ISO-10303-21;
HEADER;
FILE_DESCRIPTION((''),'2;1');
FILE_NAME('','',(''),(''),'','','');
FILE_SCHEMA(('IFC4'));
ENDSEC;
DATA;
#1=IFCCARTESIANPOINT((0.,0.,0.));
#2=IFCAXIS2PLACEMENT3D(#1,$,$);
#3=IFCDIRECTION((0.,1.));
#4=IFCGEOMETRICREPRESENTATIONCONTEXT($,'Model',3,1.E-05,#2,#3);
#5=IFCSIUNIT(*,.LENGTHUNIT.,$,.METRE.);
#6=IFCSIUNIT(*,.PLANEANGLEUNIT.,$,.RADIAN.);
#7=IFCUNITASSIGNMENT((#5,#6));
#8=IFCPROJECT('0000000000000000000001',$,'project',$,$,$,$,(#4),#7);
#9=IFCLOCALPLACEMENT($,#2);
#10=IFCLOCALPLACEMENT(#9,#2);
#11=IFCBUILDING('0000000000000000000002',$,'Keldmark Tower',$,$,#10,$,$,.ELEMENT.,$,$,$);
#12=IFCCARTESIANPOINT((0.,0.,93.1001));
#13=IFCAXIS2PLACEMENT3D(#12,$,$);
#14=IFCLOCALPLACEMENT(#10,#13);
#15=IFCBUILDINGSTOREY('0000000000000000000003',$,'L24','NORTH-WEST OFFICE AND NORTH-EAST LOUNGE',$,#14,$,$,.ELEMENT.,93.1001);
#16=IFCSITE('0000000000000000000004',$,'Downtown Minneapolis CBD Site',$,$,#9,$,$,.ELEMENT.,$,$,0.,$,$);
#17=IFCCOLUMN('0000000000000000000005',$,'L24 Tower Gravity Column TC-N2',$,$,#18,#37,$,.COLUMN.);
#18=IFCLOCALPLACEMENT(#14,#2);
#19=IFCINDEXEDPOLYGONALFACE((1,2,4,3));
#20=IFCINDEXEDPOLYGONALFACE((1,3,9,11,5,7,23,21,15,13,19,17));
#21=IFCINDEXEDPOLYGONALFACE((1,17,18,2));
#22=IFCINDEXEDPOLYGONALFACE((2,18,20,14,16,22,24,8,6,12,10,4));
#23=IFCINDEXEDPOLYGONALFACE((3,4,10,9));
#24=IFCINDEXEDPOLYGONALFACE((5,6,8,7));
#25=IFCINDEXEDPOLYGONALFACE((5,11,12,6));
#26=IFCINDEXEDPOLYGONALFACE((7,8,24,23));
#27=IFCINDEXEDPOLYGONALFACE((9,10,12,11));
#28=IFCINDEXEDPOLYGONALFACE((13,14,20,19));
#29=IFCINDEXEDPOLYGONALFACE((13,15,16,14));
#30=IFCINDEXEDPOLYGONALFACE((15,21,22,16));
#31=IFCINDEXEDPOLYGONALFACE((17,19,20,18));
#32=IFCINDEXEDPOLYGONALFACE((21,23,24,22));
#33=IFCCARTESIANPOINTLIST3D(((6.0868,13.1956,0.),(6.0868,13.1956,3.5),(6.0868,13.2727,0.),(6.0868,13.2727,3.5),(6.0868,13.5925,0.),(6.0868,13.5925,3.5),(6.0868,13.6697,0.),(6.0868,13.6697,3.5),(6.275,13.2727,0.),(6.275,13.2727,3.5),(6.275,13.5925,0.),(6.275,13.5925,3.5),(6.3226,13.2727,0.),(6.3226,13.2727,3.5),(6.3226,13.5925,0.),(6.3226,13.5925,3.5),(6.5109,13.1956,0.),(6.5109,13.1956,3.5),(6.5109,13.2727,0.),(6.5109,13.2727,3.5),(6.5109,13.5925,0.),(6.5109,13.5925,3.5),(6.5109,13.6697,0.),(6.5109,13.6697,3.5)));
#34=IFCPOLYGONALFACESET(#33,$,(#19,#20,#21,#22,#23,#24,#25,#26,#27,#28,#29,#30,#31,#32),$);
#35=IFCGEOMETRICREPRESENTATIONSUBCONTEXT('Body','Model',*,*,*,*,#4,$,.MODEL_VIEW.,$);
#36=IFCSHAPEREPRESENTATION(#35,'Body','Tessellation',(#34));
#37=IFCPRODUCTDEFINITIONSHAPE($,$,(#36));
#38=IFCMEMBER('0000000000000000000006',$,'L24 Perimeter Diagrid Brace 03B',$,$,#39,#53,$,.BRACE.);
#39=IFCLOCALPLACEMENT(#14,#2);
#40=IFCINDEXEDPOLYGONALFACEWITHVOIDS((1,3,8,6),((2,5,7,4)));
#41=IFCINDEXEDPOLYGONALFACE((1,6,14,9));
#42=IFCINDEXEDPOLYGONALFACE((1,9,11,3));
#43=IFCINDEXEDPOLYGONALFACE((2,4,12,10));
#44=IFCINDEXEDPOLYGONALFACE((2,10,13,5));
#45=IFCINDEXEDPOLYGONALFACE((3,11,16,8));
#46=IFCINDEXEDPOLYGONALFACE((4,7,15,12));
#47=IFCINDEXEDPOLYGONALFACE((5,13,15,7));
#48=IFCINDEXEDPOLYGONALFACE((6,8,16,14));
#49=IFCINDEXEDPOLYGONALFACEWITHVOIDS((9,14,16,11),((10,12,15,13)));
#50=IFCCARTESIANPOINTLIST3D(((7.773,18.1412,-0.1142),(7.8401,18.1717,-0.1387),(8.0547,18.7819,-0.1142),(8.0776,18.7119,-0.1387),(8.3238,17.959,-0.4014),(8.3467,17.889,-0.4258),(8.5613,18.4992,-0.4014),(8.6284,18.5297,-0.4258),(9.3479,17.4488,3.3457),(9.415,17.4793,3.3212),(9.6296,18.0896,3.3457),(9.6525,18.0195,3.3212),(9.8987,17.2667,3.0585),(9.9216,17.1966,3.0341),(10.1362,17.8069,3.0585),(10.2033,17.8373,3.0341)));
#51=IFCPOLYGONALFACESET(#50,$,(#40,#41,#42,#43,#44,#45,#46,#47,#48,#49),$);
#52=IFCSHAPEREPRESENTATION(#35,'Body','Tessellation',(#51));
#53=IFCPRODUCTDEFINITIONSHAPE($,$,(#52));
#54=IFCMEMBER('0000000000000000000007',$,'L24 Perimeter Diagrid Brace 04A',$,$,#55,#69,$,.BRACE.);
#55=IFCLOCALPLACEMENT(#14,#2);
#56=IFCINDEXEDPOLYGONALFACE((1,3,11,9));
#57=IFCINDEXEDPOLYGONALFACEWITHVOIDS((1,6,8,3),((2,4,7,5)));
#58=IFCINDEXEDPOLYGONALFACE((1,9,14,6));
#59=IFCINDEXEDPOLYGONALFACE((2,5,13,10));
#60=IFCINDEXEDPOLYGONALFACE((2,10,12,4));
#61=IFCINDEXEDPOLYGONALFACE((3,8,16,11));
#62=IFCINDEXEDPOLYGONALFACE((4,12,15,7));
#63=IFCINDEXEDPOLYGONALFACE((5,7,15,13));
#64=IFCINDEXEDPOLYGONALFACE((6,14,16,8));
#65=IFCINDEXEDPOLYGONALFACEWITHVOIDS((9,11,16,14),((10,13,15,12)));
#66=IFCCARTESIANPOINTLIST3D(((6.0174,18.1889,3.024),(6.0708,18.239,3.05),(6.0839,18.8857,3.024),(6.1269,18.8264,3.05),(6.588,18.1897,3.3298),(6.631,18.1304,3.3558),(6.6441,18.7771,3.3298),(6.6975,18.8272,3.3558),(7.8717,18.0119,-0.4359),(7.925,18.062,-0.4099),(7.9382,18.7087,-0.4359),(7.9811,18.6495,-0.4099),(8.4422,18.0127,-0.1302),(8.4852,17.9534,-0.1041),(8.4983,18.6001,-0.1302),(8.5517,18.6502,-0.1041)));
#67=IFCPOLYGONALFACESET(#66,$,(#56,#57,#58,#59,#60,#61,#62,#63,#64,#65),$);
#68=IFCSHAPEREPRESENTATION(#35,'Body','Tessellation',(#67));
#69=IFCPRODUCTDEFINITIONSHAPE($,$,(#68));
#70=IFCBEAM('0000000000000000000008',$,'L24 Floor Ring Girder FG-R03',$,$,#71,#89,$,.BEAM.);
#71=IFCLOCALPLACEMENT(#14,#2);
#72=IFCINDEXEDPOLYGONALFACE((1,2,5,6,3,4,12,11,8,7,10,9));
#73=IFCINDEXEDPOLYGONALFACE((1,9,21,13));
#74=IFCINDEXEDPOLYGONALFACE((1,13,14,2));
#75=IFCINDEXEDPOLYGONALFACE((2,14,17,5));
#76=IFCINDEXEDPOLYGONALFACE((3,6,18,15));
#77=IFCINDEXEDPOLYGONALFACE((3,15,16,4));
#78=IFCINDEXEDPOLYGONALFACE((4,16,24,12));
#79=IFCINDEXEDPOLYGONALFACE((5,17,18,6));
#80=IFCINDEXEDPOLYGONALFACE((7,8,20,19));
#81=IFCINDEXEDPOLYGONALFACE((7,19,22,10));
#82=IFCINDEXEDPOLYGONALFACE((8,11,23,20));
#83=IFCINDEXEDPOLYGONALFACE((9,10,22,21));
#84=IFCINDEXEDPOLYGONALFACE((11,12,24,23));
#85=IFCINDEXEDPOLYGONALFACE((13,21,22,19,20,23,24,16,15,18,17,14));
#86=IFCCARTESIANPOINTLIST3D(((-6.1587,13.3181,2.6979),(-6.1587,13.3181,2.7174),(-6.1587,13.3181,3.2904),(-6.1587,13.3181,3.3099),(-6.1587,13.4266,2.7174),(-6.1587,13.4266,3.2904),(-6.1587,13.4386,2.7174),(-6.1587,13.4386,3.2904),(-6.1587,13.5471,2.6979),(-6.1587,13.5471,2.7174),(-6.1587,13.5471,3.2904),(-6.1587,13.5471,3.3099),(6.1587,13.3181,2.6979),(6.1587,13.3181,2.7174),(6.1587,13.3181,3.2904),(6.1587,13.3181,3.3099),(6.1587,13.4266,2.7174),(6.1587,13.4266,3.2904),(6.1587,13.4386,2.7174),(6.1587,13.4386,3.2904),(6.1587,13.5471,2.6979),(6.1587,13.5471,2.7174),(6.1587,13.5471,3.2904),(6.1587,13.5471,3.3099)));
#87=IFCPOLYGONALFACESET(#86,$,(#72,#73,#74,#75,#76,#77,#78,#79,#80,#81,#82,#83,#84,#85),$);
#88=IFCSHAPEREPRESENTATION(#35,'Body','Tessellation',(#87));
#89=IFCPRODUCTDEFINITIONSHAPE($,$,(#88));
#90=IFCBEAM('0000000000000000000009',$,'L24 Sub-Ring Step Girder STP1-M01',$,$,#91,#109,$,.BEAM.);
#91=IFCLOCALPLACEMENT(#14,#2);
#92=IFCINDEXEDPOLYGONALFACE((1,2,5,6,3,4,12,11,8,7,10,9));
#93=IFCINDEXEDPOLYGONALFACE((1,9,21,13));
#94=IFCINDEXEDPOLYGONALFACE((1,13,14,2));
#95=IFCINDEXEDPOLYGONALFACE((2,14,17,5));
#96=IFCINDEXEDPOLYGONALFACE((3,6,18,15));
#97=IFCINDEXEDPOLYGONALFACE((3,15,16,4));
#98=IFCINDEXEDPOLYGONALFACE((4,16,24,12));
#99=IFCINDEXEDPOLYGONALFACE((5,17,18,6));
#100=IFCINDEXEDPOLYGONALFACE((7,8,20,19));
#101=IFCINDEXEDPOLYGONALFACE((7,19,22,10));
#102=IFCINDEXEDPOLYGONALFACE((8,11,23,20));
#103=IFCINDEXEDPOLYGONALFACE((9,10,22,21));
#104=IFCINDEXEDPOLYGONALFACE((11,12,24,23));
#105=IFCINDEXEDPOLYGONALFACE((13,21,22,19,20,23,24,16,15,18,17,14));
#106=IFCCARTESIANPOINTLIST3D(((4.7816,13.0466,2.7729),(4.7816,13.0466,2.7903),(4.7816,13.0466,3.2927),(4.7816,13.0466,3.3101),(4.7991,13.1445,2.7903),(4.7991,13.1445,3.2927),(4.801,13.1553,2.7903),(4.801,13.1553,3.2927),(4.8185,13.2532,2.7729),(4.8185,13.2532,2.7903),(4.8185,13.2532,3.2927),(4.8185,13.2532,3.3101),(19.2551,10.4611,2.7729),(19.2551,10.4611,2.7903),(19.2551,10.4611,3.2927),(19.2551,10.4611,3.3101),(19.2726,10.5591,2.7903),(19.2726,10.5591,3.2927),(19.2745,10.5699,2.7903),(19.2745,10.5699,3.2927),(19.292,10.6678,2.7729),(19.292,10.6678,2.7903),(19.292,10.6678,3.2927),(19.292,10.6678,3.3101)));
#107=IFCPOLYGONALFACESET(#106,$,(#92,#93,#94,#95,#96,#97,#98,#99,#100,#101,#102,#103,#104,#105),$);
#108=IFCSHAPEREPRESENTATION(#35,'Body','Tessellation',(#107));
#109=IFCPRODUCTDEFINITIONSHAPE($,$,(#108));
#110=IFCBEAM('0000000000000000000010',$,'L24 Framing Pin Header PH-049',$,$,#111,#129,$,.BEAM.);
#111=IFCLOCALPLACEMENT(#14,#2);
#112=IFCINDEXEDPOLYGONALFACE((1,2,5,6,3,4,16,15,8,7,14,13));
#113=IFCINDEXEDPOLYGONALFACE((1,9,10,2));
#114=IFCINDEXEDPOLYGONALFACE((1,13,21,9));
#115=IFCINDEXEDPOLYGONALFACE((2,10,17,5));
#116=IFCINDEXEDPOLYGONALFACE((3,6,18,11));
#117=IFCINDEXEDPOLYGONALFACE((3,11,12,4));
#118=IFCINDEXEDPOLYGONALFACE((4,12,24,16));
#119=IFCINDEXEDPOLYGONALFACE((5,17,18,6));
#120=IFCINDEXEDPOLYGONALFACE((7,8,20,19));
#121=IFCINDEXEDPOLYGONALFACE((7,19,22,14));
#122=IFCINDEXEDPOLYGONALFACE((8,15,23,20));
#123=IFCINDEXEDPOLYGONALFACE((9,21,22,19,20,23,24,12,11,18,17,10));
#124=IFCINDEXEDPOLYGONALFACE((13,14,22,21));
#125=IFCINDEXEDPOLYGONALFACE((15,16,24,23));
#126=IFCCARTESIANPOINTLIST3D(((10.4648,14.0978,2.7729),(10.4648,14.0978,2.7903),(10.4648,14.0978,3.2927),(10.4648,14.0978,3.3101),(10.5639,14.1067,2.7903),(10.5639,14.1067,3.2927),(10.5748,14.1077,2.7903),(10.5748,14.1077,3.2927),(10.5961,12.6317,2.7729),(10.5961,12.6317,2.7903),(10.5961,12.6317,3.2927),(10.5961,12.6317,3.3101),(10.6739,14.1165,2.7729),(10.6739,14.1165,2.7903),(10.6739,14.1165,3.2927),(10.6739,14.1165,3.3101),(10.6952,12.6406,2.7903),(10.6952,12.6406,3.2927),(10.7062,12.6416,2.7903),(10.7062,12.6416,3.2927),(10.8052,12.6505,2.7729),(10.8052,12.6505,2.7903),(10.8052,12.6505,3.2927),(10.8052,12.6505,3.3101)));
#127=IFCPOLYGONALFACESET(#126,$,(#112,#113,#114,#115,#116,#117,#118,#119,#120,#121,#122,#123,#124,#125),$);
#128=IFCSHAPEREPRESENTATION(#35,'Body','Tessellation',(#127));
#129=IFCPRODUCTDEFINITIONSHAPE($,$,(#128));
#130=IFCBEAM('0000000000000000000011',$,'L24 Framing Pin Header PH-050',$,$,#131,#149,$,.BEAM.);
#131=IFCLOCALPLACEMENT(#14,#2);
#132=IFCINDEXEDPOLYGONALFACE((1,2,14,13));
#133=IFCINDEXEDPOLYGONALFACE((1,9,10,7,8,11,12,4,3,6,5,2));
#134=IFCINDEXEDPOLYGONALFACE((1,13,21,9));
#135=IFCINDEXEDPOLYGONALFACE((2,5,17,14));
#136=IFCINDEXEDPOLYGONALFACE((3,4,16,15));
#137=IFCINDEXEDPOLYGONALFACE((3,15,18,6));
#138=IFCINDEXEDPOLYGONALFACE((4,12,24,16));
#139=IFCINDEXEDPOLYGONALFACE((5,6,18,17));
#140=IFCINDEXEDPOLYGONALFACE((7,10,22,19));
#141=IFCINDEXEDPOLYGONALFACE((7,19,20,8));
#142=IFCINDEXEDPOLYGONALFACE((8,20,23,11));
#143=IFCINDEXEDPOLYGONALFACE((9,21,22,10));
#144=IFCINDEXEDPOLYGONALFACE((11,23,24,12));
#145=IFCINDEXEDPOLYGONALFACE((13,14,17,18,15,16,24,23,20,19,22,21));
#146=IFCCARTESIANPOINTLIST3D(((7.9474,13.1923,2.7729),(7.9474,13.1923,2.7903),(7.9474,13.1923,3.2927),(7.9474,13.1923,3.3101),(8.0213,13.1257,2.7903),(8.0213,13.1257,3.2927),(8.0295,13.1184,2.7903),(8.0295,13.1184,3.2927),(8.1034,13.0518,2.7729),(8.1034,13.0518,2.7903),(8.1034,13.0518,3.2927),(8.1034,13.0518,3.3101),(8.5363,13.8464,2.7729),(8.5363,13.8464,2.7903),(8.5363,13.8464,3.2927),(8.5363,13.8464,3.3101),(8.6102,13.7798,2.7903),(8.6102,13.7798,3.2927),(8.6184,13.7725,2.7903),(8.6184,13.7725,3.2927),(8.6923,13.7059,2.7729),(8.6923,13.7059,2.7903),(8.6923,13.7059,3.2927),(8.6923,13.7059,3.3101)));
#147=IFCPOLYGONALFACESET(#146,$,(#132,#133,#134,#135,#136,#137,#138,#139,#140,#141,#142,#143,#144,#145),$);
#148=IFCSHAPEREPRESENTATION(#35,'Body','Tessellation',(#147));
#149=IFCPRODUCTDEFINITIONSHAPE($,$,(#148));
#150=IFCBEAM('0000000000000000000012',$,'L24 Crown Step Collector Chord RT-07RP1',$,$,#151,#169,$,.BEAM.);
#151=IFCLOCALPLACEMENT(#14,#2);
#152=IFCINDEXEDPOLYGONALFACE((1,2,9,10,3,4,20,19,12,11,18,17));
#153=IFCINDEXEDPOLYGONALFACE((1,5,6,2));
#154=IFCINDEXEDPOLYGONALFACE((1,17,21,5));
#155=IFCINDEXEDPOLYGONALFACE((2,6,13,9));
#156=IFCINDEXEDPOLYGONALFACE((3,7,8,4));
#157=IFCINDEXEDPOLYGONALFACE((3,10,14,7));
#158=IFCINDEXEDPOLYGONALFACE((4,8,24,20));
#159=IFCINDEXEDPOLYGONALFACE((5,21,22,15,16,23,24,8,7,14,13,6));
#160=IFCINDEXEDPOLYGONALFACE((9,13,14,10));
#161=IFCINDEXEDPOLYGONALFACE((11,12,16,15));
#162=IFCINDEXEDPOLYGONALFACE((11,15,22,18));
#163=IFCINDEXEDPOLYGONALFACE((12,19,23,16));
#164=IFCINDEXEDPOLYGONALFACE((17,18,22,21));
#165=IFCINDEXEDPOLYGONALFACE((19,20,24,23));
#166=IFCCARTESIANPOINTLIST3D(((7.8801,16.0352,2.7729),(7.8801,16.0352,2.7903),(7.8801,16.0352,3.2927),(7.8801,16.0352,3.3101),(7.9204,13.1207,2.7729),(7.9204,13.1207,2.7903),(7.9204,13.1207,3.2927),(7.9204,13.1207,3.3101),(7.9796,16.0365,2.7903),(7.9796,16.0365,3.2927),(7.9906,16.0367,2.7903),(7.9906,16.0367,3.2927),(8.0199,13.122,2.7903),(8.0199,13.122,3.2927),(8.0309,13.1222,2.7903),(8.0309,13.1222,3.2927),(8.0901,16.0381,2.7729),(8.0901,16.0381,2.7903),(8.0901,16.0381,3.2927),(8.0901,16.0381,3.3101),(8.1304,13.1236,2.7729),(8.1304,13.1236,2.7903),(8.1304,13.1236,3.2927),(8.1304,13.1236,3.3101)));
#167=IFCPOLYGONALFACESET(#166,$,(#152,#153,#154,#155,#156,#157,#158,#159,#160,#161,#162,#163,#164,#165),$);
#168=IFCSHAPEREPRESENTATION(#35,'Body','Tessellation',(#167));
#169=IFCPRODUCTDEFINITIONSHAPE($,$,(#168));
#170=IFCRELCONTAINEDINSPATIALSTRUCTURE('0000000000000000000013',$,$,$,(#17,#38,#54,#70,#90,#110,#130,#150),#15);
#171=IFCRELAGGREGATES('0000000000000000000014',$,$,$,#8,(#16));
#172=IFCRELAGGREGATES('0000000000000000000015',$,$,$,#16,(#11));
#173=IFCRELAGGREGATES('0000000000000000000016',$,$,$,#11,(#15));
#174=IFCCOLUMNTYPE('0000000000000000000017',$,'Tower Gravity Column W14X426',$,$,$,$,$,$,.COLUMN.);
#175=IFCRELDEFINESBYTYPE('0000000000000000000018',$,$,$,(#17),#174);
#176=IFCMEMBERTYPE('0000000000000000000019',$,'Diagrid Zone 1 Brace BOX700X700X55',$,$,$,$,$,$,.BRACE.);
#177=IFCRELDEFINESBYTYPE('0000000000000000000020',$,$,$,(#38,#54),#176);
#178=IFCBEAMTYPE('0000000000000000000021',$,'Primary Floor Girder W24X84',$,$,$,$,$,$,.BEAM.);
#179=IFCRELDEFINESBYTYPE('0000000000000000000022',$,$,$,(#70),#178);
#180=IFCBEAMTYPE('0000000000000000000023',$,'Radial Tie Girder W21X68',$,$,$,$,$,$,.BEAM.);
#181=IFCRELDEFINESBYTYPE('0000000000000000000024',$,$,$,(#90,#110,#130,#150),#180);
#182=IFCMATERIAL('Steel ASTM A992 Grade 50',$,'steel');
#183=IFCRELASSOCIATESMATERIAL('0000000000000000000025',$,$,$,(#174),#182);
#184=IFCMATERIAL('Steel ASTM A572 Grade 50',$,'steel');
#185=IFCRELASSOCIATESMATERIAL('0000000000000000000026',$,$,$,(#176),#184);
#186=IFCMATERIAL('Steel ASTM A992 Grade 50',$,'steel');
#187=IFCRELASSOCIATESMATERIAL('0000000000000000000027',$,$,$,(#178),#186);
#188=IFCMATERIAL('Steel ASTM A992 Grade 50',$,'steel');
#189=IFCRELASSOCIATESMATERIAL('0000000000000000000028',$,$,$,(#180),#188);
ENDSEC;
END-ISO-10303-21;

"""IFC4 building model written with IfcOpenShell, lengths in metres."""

from ifc_helpers import new_model, si_unit, direction, frame, origin, origin_2d, place, context, subcontext, project, spatial, hollow_rectangle, i_section, extrude, material, material_profile, profile_set, type_object, element, save


model = new_model("IFC4")

# Units and contexts
model_context = context("Model", 3, precision=1e-05, world=origin(), true_north=direction((0.0, 1.0)))
body_context = subcontext(model_context, "Body", "Model", "MODEL_VIEW")
ifc_project = project(units=[si_unit("LENGTHUNIT", "METRE"), si_unit("PLANEANGLEUNIT", "RADIAN")], contexts=[model_context])

# Site, building, storey
site_placement = place(None, origin())
site = spatial("IfcSite", under=ifc_project, at=site_placement, Name="Downtown Minneapolis CBD Site", CompositionType="ELEMENT", RefElevation=0.0)
building_placement = place(site_placement, origin())
building = spatial("IfcBuilding", under=site, at=building_placement, Name="Keldmark Tower", CompositionType="ELEMENT")
storey_placement = place(building_placement, frame((0.0, 0.0, 93.1001)))
storey = spatial("IfcBuildingStorey", under=building, at=storey_placement, Name="L24", Description="NORTH-WEST OFFICE AND NORTH-EAST LOUNGE", CompositionType="ELEMENT", Elevation=93.1001)

# Column
ifc_material_1 = material(Name="Steel ASTM A992 Grade 50", Category="steel")
ifc_material_profile_1 = material_profile(ifc_material_1, i_section(OverallWidth=0.4241, OverallDepth=0.4741, WebThickness=0.0476, FlangeThickness=0.0771, at=origin_2d()), Name="W14X426")
ifc_profile_set_1 = profile_set([ifc_material_profile_1], Name="Steel ASTM A992 Grade 50")
column_type = type_object("IfcColumnType", Name="Tower Gravity Column W14X426", PredefinedType="COLUMN", material=ifc_profile_set_1)
column_placement = place(storey_placement, frame((6.2988, 13.4326, 0.0), z_axis=(0.0, 0.0, 1.0), x_axis=(1.0, 0.0, 0.0)))
element("IfcColumn", 1, at=column_placement, inside=storey, type_object=column_type, Name="L24 Tower Gravity Column TC-N2", PredefinedType="COLUMN", context=body_context, shape_type="SweptSolid", body=[
    extrude(i_section(OverallWidth=0.4241, OverallDepth=0.4741, WebThickness=0.0476, FlangeThickness=0.0771, at=origin_2d()), origin(), (0.0, 0.0, 1.0), 3.5),
])

# Members
ifc_material_2 = material(Name="Steel ASTM A572 Grade 50", Category="steel")
ifc_material_profile_2 = material_profile(ifc_material_2, hollow_rectangle(XDim=0.7, YDim=0.7, WallThickness=0.0549, at=origin_2d()), Name="BOX700X700X55")
ifc_profile_set_2 = profile_set([ifc_material_profile_2], Name="Steel ASTM A572 Grade 50")
member_type = type_object("IfcMemberType", Name="Diagrid Zone 1 Brace BOX700X700X55", PredefinedType="BRACE", material=ifc_profile_set_2)
member_1_placement = place(storey_placement, frame((8.2007, 18.3354, -0.27), z_axis=(0.407587, -0.179184, 0.895414), x_axis=(0.402449, 0.915443, 0.0)))
element("IfcMember", 2, at=member_1_placement, inside=storey, type_object=member_type, Name="L24 Perimeter Diagrid Brace 03B", PredefinedType="BRACE", context=body_context, shape_type="SweptSolid", body=[
    extrude(hollow_rectangle(XDim=0.7, YDim=0.7, WallThickness=0.0549, at=origin_2d()), origin(), (0.0, 0.0, 1.0), 3.864),
])
member_2_placement = place(storey_placement, frame((8.2117, 18.3311, -0.27), z_axis=(-0.47188, 0.045045, 0.880511), x_axis=(-0.095026, -0.995475, 0.0)))
element("IfcMember", 3, at=member_2_placement, inside=storey, type_object=member_type, Name="L24 Perimeter Diagrid Brace 04A", PredefinedType="BRACE", context=body_context, shape_type="SweptSolid", body=[
    extrude(hollow_rectangle(XDim=0.7, YDim=0.7, WallThickness=0.0549, at=origin_2d()), origin(), (0.0, 0.0, 1.0), 3.9294),
])

# Beams
ifc_material_3 = material(Name="Steel ASTM A992 Grade 50", Category="steel")
ifc_material_profile_3 = material_profile(ifc_material_3, i_section(OverallWidth=0.229, OverallDepth=0.6121, WebThickness=0.012, FlangeThickness=0.0195, at=origin_2d()), Name="W24X84")
ifc_profile_set_3 = profile_set([ifc_material_profile_3], Name="Steel ASTM A992 Grade 50")
beam_type_1 = type_object("IfcBeamType", Name="Primary Floor Girder W24X84", PredefinedType="BEAM", material=ifc_profile_set_3)
beam_1_placement = place(storey_placement, frame((6.1587, 13.4326, 3.0039), z_axis=(-1.0, 0.0, 0.0), x_axis=(0.0, -1.0, 0.0)))
element("IfcBeam", 4, at=beam_1_placement, inside=storey, type_object=beam_type_1, Name="L24 Floor Ring Girder FG-R03", PredefinedType="BEAM", context=body_context, shape_type="SweptSolid", body=[
    extrude(i_section(OverallWidth=0.229, OverallDepth=0.6121, WebThickness=0.012, FlangeThickness=0.0195, at=origin_2d()), origin(), (0.0, 0.0, 1.0), 12.3174),
])
ifc_material_4 = material(Name="Steel ASTM A992 Grade 50", Category="steel")
ifc_material_profile_4 = material_profile(ifc_material_4, i_section(OverallWidth=0.21, OverallDepth=0.5371, WebThickness=0.011, FlangeThickness=0.0173, at=origin_2d()), Name="W21X68")
ifc_profile_set_4 = profile_set([ifc_material_profile_4], Name="Steel ASTM A992 Grade 50")
beam_type_2 = type_object("IfcBeamType", Name="Radial Tie Girder W21X68", PredefinedType="BEAM", material=ifc_profile_set_4)
beam_2_placement = place(storey_placement, frame((4.8, 13.1499, 3.0415), z_axis=(0.984417, -0.175848, 0.0), x_axis=(0.175848, 0.984417, 0.0)))
element("IfcBeam", 5, at=beam_2_placement, inside=storey, type_object=beam_type_2, Name="L24 Sub-Ring Step Girder STP1-M01", PredefinedType="BEAM", context=body_context, shape_type="SweptSolid", body=[
    extrude(i_section(OverallWidth=0.21, OverallDepth=0.5371, WebThickness=0.011, FlangeThickness=0.0173, at=origin_2d()), origin(), (0.0, 0.0, 1.0), 14.7026),
])
beam_3_placement = place(storey_placement, frame((10.7007, 12.6411, 3.0415), z_axis=(-0.089235, 0.996011, 0.0), x_axis=(-0.996011, -0.089235, 0.0)))
element("IfcBeam", 6, at=beam_3_placement, inside=storey, type_object=beam_type_2, Name="L24 Framing Pin Header PH-049", PredefinedType="BEAM", context=body_context, shape_type="SweptSolid", body=[
    extrude(i_section(OverallWidth=0.21, OverallDepth=0.5371, WebThickness=0.011, FlangeThickness=0.0173, at=origin_2d()), origin(), (0.0, 0.0, 1.0), 1.4719),
])
beam_4_placement = place(storey_placement, frame((8.0254, 13.1221, 3.0415), z_axis=(0.669103, 0.74317, 0.0), x_axis=(-0.74317, 0.669103, 0.0)))
element("IfcBeam", 7, at=beam_4_placement, inside=storey, type_object=beam_type_2, Name="L24 Framing Pin Header PH-050", PredefinedType="BEAM", context=body_context, shape_type="SweptSolid", body=[
    extrude(i_section(OverallWidth=0.21, OverallDepth=0.5371, WebThickness=0.011, FlangeThickness=0.0173, at=origin_2d()), origin(), (0.0, 0.0, 1.0), 0.8801),
])
beam_5_placement = place(storey_placement, frame((7.9851, 16.0366, 3.0415), z_axis=(0.01382, -0.999904, 0.0), x_axis=(0.999904, 0.01382, 0.0)))
element("IfcBeam", 8, at=beam_5_placement, inside=storey, type_object=beam_type_2, Name="L24 Crown Step Collector Chord RT-07RP1", PredefinedType="BEAM", context=body_context, shape_type="SweptSolid", body=[
    extrude(i_section(OverallWidth=0.21, OverallDepth=0.5371, WebThickness=0.011, FlangeThickness=0.0173, at=origin_2d()), origin(), (0.0, 0.0, 1.0), 2.9148),
])

save(model, "model.ifc")
